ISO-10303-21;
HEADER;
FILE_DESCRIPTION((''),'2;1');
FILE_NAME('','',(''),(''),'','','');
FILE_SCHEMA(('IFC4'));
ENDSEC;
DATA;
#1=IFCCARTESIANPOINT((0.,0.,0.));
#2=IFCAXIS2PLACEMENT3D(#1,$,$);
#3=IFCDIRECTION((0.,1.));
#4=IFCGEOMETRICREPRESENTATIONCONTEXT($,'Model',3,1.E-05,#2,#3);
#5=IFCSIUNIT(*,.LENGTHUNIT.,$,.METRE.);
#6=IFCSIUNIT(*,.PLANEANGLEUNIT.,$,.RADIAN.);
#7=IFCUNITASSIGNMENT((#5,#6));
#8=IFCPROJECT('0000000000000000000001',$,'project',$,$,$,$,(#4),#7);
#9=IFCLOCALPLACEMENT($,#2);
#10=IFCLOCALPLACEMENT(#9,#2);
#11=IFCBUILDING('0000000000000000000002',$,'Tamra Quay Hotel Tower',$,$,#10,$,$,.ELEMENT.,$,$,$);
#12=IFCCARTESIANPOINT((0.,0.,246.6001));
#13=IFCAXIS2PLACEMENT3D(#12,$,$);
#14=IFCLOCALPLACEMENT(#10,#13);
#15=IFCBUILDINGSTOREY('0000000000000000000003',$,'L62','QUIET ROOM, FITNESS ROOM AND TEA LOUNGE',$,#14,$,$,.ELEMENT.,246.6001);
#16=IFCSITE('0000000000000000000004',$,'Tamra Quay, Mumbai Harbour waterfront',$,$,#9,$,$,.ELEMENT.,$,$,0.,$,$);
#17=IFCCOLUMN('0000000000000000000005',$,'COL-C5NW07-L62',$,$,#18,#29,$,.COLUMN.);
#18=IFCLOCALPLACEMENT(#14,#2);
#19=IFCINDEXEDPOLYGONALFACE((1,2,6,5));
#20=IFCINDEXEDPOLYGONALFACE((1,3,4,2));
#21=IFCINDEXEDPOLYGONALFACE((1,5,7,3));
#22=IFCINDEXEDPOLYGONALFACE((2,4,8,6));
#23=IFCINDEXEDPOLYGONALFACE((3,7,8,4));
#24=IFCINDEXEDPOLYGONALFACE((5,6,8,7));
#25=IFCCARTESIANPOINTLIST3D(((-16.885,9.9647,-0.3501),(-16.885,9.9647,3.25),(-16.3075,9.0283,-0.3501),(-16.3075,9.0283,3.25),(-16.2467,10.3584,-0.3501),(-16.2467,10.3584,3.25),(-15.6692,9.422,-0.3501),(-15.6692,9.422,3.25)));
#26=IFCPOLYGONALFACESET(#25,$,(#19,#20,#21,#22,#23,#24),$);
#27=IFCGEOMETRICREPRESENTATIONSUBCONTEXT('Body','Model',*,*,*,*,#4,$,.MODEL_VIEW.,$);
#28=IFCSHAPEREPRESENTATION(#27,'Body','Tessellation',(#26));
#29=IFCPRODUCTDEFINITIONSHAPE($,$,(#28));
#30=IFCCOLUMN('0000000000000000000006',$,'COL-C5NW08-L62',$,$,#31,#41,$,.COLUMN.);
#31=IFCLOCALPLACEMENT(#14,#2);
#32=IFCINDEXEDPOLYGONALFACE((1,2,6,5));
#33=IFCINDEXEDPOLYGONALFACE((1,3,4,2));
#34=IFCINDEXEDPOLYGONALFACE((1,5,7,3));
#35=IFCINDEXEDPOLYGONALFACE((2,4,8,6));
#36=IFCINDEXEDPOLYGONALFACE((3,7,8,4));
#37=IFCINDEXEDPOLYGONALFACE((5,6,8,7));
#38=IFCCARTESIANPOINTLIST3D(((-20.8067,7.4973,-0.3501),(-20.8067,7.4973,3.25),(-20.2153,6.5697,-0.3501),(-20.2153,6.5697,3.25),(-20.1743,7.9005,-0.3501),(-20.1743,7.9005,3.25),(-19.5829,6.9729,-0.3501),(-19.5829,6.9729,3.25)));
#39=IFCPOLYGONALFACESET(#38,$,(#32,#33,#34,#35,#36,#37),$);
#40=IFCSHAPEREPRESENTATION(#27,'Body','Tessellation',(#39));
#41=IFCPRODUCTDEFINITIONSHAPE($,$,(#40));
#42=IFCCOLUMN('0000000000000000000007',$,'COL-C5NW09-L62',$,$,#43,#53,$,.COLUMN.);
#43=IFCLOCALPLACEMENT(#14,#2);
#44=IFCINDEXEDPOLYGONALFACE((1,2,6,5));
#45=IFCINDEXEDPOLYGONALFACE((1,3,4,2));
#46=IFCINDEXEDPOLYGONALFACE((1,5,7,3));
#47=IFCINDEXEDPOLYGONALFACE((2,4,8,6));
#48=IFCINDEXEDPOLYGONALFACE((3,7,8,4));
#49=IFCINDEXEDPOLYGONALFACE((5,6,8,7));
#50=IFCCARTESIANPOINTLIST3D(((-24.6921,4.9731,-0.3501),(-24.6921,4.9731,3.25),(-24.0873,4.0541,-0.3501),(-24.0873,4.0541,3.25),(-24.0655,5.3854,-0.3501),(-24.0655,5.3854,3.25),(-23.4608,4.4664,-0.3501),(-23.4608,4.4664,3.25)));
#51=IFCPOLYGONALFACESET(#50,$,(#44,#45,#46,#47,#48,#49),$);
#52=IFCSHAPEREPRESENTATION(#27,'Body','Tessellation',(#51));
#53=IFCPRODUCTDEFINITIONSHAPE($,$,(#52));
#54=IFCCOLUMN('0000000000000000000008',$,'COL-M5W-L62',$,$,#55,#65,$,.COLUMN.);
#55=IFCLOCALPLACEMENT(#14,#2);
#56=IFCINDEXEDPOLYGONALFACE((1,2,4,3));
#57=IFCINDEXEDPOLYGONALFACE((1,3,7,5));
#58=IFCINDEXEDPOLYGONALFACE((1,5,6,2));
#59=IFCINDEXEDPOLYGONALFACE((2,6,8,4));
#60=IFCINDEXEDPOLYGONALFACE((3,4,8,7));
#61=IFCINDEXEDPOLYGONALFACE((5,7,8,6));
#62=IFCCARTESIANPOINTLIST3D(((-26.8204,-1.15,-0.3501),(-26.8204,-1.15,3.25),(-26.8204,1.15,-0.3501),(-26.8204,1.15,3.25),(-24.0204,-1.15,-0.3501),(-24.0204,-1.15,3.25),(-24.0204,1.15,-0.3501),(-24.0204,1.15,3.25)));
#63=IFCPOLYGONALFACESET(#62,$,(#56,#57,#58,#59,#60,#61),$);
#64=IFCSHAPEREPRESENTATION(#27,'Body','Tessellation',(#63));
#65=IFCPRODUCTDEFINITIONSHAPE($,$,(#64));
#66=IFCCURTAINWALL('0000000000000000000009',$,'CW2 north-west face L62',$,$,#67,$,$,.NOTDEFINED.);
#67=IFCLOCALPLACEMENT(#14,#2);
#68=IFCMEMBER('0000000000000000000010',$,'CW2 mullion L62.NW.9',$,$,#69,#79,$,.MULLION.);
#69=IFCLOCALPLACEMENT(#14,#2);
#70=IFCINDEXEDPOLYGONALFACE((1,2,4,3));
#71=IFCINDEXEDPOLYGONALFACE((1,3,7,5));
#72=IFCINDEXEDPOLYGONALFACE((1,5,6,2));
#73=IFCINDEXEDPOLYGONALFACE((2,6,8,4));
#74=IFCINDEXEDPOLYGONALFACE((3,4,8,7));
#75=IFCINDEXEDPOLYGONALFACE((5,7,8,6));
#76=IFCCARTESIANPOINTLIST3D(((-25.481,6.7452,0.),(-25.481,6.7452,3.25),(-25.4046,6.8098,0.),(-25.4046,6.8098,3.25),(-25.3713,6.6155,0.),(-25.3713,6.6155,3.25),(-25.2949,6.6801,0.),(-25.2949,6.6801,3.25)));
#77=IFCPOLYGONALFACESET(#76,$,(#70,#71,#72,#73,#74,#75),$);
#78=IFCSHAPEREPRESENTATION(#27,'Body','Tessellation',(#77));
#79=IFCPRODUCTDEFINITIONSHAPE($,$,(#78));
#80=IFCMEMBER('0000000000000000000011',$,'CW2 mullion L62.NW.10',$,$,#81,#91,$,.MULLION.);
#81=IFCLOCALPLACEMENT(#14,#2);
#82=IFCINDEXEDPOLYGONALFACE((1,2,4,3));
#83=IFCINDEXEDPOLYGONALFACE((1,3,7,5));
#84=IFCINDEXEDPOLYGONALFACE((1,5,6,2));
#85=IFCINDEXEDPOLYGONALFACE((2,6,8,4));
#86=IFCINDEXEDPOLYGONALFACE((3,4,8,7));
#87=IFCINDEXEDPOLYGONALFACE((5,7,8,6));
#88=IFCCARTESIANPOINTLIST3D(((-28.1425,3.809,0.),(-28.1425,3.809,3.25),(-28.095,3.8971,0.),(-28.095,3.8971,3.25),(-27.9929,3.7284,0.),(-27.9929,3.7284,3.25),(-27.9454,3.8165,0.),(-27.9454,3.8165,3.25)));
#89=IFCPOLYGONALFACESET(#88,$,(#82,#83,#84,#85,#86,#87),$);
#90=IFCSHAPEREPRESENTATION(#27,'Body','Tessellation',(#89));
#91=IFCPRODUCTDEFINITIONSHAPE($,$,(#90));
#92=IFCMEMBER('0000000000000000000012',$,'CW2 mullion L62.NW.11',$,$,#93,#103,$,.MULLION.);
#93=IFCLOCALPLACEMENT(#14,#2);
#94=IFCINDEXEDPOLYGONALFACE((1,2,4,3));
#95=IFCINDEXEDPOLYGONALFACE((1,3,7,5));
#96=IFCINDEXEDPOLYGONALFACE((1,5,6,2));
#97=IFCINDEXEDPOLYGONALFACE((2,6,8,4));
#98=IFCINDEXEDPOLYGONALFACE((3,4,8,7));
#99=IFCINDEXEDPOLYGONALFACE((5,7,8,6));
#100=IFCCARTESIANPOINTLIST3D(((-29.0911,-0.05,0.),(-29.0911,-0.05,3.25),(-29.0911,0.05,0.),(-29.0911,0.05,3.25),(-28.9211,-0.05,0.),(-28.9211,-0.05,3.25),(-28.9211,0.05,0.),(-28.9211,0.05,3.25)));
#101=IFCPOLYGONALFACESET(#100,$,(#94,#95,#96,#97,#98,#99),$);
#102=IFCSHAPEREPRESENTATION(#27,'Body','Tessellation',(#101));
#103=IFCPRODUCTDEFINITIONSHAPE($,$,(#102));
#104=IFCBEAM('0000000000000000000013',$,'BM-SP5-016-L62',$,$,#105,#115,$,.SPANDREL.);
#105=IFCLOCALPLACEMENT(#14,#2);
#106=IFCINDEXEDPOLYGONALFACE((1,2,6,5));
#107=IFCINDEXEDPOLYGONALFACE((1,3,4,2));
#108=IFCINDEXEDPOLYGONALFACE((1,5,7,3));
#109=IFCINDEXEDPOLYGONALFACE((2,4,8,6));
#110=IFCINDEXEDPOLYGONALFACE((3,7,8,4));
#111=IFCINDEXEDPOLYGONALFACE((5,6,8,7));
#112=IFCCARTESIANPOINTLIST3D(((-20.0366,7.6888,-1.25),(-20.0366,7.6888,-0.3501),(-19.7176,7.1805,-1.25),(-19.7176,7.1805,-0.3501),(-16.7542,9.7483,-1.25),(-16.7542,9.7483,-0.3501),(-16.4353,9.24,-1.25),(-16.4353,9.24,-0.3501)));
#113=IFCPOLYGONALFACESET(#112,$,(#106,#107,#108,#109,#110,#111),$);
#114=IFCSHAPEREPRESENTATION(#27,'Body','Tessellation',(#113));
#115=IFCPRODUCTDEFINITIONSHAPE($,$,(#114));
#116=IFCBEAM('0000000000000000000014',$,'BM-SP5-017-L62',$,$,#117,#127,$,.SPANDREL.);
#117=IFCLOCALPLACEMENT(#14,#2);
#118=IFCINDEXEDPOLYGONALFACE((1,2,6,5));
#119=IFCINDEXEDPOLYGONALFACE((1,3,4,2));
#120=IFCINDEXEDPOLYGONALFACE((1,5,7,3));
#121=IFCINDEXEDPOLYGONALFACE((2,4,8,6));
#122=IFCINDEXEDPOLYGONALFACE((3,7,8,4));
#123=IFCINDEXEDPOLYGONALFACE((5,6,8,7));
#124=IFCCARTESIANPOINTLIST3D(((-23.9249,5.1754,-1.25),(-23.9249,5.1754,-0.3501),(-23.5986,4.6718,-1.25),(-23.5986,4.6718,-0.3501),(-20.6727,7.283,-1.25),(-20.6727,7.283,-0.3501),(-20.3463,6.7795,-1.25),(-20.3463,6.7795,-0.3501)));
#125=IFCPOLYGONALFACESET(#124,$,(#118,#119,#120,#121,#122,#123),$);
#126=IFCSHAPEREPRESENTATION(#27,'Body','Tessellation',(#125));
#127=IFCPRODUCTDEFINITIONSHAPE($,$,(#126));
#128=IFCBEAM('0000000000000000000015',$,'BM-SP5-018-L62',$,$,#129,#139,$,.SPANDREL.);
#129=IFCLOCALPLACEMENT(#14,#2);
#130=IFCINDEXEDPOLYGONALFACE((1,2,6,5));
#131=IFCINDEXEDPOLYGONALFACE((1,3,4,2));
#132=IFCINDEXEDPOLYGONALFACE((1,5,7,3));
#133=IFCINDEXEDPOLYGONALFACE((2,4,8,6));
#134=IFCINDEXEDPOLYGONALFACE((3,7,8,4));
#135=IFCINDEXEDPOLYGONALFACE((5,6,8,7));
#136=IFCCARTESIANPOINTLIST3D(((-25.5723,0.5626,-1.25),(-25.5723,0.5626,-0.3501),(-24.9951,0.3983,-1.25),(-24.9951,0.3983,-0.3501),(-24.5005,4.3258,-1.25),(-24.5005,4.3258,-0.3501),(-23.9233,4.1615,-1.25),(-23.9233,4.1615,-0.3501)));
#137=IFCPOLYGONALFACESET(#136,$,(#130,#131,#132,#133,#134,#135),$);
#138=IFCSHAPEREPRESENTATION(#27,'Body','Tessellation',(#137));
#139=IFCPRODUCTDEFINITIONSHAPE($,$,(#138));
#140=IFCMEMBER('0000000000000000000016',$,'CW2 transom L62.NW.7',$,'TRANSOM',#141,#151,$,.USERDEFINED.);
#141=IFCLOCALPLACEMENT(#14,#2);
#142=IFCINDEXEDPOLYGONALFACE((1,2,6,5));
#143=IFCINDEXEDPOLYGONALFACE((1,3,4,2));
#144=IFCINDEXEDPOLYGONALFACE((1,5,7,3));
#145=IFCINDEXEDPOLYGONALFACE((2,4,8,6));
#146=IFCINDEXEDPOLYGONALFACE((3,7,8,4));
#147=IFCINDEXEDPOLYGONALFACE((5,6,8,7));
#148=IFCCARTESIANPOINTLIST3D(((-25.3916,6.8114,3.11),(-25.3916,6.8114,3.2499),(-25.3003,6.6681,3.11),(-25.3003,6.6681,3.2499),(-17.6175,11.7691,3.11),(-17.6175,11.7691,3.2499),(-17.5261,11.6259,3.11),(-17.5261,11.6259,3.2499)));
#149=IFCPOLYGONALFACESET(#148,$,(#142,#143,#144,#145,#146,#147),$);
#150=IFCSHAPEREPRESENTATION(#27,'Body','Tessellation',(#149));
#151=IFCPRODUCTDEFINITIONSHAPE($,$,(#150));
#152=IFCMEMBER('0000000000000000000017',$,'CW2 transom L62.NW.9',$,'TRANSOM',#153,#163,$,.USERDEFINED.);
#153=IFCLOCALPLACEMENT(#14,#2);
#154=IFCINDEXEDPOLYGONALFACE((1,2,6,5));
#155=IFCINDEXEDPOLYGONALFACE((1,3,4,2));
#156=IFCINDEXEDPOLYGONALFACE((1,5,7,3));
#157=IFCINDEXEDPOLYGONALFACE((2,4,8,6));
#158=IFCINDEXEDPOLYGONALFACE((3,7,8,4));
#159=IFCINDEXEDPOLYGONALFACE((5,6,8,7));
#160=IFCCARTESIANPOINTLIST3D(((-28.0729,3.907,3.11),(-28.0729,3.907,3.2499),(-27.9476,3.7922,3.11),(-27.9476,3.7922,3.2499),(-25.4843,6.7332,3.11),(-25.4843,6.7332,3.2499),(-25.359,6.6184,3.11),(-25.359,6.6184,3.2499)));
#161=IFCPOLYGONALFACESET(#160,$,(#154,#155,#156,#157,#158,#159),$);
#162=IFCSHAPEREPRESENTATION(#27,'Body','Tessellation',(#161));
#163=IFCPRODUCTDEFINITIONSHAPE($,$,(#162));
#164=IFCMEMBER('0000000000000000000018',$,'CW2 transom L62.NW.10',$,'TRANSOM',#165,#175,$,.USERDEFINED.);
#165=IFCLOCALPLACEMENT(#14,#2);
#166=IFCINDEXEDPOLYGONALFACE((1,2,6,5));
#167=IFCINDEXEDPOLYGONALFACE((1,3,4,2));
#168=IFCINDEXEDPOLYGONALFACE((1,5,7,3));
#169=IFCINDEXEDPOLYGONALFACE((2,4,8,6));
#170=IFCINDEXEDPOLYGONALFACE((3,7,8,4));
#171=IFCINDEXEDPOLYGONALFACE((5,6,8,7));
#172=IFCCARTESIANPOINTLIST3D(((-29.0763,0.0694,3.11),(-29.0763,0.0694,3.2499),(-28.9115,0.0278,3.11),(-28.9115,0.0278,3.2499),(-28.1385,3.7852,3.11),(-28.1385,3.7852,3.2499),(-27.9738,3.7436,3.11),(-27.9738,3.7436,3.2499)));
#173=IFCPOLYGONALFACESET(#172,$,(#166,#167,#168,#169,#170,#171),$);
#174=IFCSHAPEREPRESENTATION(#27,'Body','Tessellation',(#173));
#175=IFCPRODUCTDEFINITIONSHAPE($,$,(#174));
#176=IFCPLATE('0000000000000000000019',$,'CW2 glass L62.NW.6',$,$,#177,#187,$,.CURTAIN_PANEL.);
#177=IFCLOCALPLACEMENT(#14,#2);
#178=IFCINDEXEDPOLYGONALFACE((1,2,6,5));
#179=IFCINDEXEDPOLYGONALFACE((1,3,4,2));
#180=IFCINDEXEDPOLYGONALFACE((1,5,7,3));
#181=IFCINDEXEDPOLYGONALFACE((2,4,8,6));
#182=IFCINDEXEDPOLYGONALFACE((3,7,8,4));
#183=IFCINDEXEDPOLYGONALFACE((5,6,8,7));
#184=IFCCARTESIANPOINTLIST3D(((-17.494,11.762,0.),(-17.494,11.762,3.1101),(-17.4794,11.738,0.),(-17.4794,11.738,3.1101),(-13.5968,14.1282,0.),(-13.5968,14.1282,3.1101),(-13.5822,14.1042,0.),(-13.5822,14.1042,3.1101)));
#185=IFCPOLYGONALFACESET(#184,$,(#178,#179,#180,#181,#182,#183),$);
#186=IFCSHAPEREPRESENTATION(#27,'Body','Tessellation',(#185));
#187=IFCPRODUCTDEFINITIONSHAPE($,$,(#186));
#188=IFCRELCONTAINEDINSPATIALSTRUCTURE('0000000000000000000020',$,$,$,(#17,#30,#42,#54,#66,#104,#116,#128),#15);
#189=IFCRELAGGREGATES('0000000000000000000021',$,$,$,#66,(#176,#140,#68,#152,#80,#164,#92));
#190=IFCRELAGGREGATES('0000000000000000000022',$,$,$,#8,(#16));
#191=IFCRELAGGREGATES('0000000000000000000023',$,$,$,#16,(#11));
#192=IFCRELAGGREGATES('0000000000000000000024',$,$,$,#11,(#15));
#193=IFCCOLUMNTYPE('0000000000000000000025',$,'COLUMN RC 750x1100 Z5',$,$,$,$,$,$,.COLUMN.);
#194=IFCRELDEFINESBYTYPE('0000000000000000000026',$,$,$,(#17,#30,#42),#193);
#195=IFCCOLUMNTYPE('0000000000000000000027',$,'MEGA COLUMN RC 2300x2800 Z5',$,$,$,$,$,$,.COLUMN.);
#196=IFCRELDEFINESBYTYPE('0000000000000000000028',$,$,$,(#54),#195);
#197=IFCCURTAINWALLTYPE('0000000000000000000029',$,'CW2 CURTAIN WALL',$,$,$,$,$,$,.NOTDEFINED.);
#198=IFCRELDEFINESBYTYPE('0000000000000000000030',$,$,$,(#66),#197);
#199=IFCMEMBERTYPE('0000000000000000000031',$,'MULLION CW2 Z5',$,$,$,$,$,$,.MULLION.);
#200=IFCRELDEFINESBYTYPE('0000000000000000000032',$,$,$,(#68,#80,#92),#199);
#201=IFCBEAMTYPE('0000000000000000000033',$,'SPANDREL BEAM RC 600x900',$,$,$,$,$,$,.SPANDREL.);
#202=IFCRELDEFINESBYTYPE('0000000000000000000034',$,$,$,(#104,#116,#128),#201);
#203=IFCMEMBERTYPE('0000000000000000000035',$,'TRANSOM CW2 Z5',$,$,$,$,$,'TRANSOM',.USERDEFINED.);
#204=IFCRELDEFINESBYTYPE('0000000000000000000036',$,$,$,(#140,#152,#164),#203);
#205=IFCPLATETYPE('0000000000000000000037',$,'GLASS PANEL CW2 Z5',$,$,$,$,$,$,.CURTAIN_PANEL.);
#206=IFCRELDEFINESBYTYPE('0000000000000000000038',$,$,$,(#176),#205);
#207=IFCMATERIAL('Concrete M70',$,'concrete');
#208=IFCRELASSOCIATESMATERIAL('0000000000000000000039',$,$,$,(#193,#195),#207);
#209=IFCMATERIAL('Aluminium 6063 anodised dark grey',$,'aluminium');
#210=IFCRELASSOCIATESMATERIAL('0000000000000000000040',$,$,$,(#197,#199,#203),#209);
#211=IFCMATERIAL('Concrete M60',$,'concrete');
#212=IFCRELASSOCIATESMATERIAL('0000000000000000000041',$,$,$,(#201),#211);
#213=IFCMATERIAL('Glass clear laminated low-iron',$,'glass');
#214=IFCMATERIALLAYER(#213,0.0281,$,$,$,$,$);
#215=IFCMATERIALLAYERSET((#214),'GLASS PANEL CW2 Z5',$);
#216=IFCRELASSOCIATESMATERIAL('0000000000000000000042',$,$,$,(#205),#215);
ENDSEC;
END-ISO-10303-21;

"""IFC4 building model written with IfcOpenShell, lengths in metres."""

from ifc_helpers import new_model, si_unit, direction, frame, origin, origin_2d, place, context, subcontext, project, spatial, rectangle, extrude, material, layer, layer_set, material_profile, profile_set, type_object, element, aggregate, save


model = new_model("IFC4")

# Units and contexts
model_context = context("Model", 3, precision=1e-05, world=origin(), true_north=direction((0.0, 1.0)))
body_context = subcontext(model_context, "Body", "Model", "MODEL_VIEW")
ifc_project = project(units=[si_unit("LENGTHUNIT", "METRE"), si_unit("PLANEANGLEUNIT", "RADIAN")], contexts=[model_context])

# Site, building, storey
site_placement = place(None, origin())
site = spatial("IfcSite", under=ifc_project, at=site_placement, Name="Tamra Quay, Mumbai Harbour waterfront", CompositionType="ELEMENT", RefElevation=0.0)
building_placement = place(site_placement, origin())
building = spatial("IfcBuilding", under=site, at=building_placement, Name="Tamra Quay Hotel Tower", CompositionType="ELEMENT")
storey_placement = place(building_placement, frame((0.0, 0.0, 246.6001)))
storey = spatial("IfcBuildingStorey", under=building, at=storey_placement, Name="L62", Description="QUIET ROOM, FITNESS ROOM AND TEA LOUNGE", CompositionType="ELEMENT", Elevation=246.6001)

# Columns
ifc_material_1 = material(Name="Concrete M70", Category="concrete")
ifc_material_profile_1 = material_profile(ifc_material_1, rectangle(XDim=1.1001, YDim=0.75, at=origin_2d()), Name="COLUMN RC 750x1100 Z5")
ifc_profile_set_1 = profile_set([ifc_material_profile_1], Name="Concrete M70")
column_type_1 = type_object("IfcColumnType", Name="COLUMN RC 750x1100 Z5", PredefinedType="COLUMN", material=ifc_profile_set_1)
for number, where, z_axis, x_axis, name in (
    (1, (-16.2771, 9.6934, -0.3501), (0.0, 0.0, 1.0), (-0.524928, 0.851147, 0.0), "COL-C5NW07-L62"),
    (2, (-20.1948, 7.2351, -0.3501), (0.0, 0.0, 1.0), (-0.537585, 0.843209, 0.0), "COL-C5NW08-L62"),
    (3, (-24.0764, 4.7197, -0.3501), (0.0, 0.0, 1.0), (-0.549739, 0.835337, 0.0), "COL-C5NW09-L62"),
):
    element("IfcColumn", number, at=place(storey_placement, frame(where, z_axis=z_axis, x_axis=x_axis)), inside=storey, type_object=column_type_1, Name=name, PredefinedType="COLUMN", context=body_context, shape_type="SweptSolid", body=[
        extrude(rectangle(XDim=1.1001, YDim=0.75, at=origin_2d()), origin(), (0.0, 0.0, 1.0), 3.6001),
    ])
ifc_material_profile_2 = material_profile(ifc_material_1, rectangle(XDim=2.8, YDim=2.3, at=origin_2d()), Name="MEGA COLUMN RC 2300x2800 Z5")
ifc_profile_set_2 = profile_set([ifc_material_profile_2], Name="Concrete M70")
column_type_2 = type_object("IfcColumnType", Name="MEGA COLUMN RC 2300x2800 Z5", PredefinedType="COLUMN", material=ifc_profile_set_2)
column_placement = place(storey_placement, frame((-25.4204, 0.0, -0.3501), z_axis=(0.0, 0.0, 1.0), x_axis=(1.0, 0.0, 0.0)))
element("IfcColumn", 4, at=column_placement, inside=storey, type_object=column_type_2, Name="COL-M5W-L62", PredefinedType="COLUMN", context=body_context, shape_type="SweptSolid", body=[
    extrude(rectangle(XDim=2.8, YDim=2.3, at=origin_2d()), origin(), (0.0, 0.0, 1.0), 3.6001),
])

# Curtain wall, members
ifc_material_2 = material(Name="Aluminium 6063 anodised dark grey", Category="aluminium")
curtain_wall_type = type_object("IfcCurtainWallType", Name="CW2 CURTAIN WALL", PredefinedType="NOTDEFINED", material=ifc_material_2)
curtain_wall_placement = place(storey_placement, origin())
curtain_wall = element("IfcCurtainWall", 5, at=curtain_wall_placement, inside=storey, type_object=curtain_wall_type, Name="CW2 north-west face L62", PredefinedType="NOTDEFINED")
ifc_material_profile_3 = material_profile(ifc_material_2, rectangle(XDim=0.1699, YDim=0.1001, at=origin_2d()), Name="MULLION 100X170")
ifc_profile_set_3 = profile_set([ifc_material_profile_3], Name="Aluminium 6063 anodised dark grey")
member_type_1 = type_object("IfcMemberType", Name="MULLION CW2 Z5", PredefinedType="MULLION", material=ifc_profile_set_3)
member_1_placement = place(storey_placement, frame((-25.3879, 6.7126, 0.0), z_axis=(0.0, 0.0, 1.0), x_axis=(-0.645846, 0.763467, 0.0)))
member_1 = element("IfcMember", 6, at=member_1_placement, type_object=member_type_1, Name="CW2 mullion L62.NW.9", PredefinedType="MULLION", context=body_context, shape_type="SweptSolid", body=[
    extrude(rectangle(XDim=0.1699, YDim=0.1001, at=origin_2d()), origin(), (0.0, 0.0, 1.0), 3.25),
])
member_2_placement = place(storey_placement, frame((-28.0439, 3.8127, 0.0), z_axis=(0.0, 0.0, 1.0), x_axis=(-0.880267, 0.474479, 0.0)))
member_2 = element("IfcMember", 7, at=member_2_placement, type_object=member_type_1, Name="CW2 mullion L62.NW.10", PredefinedType="MULLION", context=body_context, shape_type="SweptSolid", body=[
    extrude(rectangle(XDim=0.1699, YDim=0.1001, at=origin_2d()), origin(), (0.0, 0.0, 1.0), 3.25),
])
member_3_placement = place(storey_placement, frame((-29.0061, 0.0, 0.0), z_axis=(0.0, 0.0, 1.0), x_axis=(-1.0, 0.0, 0.0)))
member_3 = element("IfcMember", 8, at=member_3_placement, type_object=member_type_1, Name="CW2 mullion L62.NW.11", PredefinedType="MULLION", context=body_context, shape_type="SweptSolid", body=[
    extrude(rectangle(XDim=0.1699, YDim=0.1001, at=origin_2d()), origin(), (0.0, 0.0, 1.0), 3.25),
])

# Beams
ifc_material_3 = material(Name="Concrete M60", Category="concrete")
ifc_material_profile_4 = material_profile(ifc_material_3, rectangle(XDim=0.6001, YDim=0.8999, at=origin_2d()), Name="SPANDREL BEAM RC 600x900")
ifc_profile_set_4 = profile_set([ifc_material_profile_4], Name="Concrete M60")
beam_type = type_object("IfcBeamType", Name="SPANDREL BEAM RC 600x900", PredefinedType="SPANDREL", material=ifc_profile_set_4)
beam_1_placement = place(storey_placement, frame((-16.5947, 9.4941, -0.8), z_axis=(-0.847066, -0.531488, 0.0), x_axis=(0.531488, -0.847066, 0.0)))
element("IfcBeam", 9, at=beam_1_placement, inside=storey, type_object=beam_type, Name="BM-SP5-016-L62", PredefinedType="SPANDREL", context=body_context, shape_type="SweptSolid", body=[
    extrude(rectangle(XDim=0.6001, YDim=0.8999, at=origin_2d()), origin(), (0.0, 0.0, 1.0), 3.875),
])
beam_2_placement = place(storey_placement, frame((-20.5095, 7.0312, -0.8), z_axis=(-0.839181, -0.543852, 0.0), x_axis=(0.543852, -0.839181, 0.0)))
element("IfcBeam", 10, at=beam_2_placement, inside=storey, type_object=beam_type, Name="BM-SP5-017-L62", PredefinedType="SPANDREL", context=body_context, shape_type="SweptSolid", body=[
    extrude(rectangle(XDim=0.6001, YDim=0.8999, at=origin_2d()), origin(), (0.0, 0.0, 1.0), 3.8755),
])
beam_3_placement = place(storey_placement, frame((-24.2119, 4.2437, -0.8), z_axis=(-0.273913, -0.961754, 0.0), x_axis=(0.961754, -0.273913, 0.0)))
element("IfcBeam", 11, at=beam_3_placement, inside=storey, type_object=beam_type, Name="BM-SP5-018-L62", PredefinedType="SPANDREL", context=body_context, shape_type="SweptSolid", body=[
    extrude(rectangle(XDim=0.6001, YDim=0.8999, at=origin_2d()), origin(), (0.0, 0.0, 1.0), 3.9128),
])

# Members
ifc_material_profile_5 = material_profile(ifc_material_2, rectangle(XDim=0.1699, YDim=0.1399, at=origin_2d()), Name="TRANSOM 170X140")
ifc_profile_set_5 = profile_set([ifc_material_profile_5], Name="Aluminium 6063 anodised dark grey")
member_type_2 = type_object("IfcMemberType", Name="TRANSOM CW2 Z5", ElementType="TRANSOM", PredefinedType="USERDEFINED", material=ifc_profile_set_5)
member_4_placement = place(storey_placement, frame((-17.5718, 11.6975, 3.1799), z_axis=(-0.843142, -0.537691, 0.0), x_axis=(0.537691, -0.843142, 0.0)))
member_4 = element("IfcMember", 12, at=member_4_placement, type_object=member_type_2, Name="CW2 transom L62.NW.7", ObjectType="TRANSOM", PredefinedType="USERDEFINED", context=body_context, shape_type="SweptSolid", body=[
    extrude(rectangle(XDim=0.1699, YDim=0.1399, at=origin_2d()), origin(), (0.0, 0.0, 1.0), 9.2205),
])
member_5_placement = place(storey_placement, frame((-25.4216, 6.6758, 3.1799), z_axis=(-0.675436, -0.737419, 0.0), x_axis=(0.737419, -0.675436, 0.0)))
member_5 = element("IfcMember", 13, at=member_5_placement, type_object=member_type_2, Name="CW2 transom L62.NW.9", ObjectType="TRANSOM", PredefinedType="USERDEFINED", context=body_context, shape_type="SweptSolid", body=[
    extrude(rectangle(XDim=0.1699, YDim=0.1399, at=origin_2d()), origin(), (0.0, 0.0, 1.0), 3.8325),
])
member_6_placement = place(storey_placement, frame((-28.0562, 3.7644, 3.1799), z_axis=(-0.244694, -0.9696, 0.0), x_axis=(0.9696, -0.244694, 0.0)))
member_6 = element("IfcMember", 14, at=member_6_placement, type_object=member_type_2, Name="CW2 transom L62.NW.10", ObjectType="TRANSOM", PredefinedType="USERDEFINED", context=body_context, shape_type="SweptSolid", body=[
    extrude(rectangle(XDim=0.1699, YDim=0.1399, at=origin_2d()), origin(), (0.0, 0.0, 1.0), 3.8323),
])

# Plate
ifc_material_4 = material(Name="Glass clear laminated low-iron", Category="glass")
ifc_layer_1 = layer(ifc_material_4, 0.0281)
ifc_layer_set_1 = layer_set([ifc_layer_1], Name="GLASS PANEL CW2 Z5")
plate_type = type_object("IfcPlateType", Name="GLASS PANEL CW2 Z5", PredefinedType="CURTAIN_PANEL", material=ifc_layer_set_1)
plate_1_placement = place(storey_placement, frame((-15.5381, 12.9331, 0.0), z_axis=(0.0, 0.0, 1.0), x_axis=(-0.854783, -0.518985, 0.0)))
plate_1 = element("IfcPlate", 15, at=plate_1_placement, type_object=plate_type, Name="CW2 glass L62.NW.6", PredefinedType="CURTAIN_PANEL", context=body_context, shape_type="SweptSolid", body=[
    extrude(rectangle(XDim=4.5593, YDim=0.0281, at=origin_2d()), origin(), (0.0, 0.0, 1.0), 3.1101),
])
aggregate(curtain_wall, [plate_1, member_4, member_1, member_5, member_2, member_6, member_3])

save(model, "model.ifc")
